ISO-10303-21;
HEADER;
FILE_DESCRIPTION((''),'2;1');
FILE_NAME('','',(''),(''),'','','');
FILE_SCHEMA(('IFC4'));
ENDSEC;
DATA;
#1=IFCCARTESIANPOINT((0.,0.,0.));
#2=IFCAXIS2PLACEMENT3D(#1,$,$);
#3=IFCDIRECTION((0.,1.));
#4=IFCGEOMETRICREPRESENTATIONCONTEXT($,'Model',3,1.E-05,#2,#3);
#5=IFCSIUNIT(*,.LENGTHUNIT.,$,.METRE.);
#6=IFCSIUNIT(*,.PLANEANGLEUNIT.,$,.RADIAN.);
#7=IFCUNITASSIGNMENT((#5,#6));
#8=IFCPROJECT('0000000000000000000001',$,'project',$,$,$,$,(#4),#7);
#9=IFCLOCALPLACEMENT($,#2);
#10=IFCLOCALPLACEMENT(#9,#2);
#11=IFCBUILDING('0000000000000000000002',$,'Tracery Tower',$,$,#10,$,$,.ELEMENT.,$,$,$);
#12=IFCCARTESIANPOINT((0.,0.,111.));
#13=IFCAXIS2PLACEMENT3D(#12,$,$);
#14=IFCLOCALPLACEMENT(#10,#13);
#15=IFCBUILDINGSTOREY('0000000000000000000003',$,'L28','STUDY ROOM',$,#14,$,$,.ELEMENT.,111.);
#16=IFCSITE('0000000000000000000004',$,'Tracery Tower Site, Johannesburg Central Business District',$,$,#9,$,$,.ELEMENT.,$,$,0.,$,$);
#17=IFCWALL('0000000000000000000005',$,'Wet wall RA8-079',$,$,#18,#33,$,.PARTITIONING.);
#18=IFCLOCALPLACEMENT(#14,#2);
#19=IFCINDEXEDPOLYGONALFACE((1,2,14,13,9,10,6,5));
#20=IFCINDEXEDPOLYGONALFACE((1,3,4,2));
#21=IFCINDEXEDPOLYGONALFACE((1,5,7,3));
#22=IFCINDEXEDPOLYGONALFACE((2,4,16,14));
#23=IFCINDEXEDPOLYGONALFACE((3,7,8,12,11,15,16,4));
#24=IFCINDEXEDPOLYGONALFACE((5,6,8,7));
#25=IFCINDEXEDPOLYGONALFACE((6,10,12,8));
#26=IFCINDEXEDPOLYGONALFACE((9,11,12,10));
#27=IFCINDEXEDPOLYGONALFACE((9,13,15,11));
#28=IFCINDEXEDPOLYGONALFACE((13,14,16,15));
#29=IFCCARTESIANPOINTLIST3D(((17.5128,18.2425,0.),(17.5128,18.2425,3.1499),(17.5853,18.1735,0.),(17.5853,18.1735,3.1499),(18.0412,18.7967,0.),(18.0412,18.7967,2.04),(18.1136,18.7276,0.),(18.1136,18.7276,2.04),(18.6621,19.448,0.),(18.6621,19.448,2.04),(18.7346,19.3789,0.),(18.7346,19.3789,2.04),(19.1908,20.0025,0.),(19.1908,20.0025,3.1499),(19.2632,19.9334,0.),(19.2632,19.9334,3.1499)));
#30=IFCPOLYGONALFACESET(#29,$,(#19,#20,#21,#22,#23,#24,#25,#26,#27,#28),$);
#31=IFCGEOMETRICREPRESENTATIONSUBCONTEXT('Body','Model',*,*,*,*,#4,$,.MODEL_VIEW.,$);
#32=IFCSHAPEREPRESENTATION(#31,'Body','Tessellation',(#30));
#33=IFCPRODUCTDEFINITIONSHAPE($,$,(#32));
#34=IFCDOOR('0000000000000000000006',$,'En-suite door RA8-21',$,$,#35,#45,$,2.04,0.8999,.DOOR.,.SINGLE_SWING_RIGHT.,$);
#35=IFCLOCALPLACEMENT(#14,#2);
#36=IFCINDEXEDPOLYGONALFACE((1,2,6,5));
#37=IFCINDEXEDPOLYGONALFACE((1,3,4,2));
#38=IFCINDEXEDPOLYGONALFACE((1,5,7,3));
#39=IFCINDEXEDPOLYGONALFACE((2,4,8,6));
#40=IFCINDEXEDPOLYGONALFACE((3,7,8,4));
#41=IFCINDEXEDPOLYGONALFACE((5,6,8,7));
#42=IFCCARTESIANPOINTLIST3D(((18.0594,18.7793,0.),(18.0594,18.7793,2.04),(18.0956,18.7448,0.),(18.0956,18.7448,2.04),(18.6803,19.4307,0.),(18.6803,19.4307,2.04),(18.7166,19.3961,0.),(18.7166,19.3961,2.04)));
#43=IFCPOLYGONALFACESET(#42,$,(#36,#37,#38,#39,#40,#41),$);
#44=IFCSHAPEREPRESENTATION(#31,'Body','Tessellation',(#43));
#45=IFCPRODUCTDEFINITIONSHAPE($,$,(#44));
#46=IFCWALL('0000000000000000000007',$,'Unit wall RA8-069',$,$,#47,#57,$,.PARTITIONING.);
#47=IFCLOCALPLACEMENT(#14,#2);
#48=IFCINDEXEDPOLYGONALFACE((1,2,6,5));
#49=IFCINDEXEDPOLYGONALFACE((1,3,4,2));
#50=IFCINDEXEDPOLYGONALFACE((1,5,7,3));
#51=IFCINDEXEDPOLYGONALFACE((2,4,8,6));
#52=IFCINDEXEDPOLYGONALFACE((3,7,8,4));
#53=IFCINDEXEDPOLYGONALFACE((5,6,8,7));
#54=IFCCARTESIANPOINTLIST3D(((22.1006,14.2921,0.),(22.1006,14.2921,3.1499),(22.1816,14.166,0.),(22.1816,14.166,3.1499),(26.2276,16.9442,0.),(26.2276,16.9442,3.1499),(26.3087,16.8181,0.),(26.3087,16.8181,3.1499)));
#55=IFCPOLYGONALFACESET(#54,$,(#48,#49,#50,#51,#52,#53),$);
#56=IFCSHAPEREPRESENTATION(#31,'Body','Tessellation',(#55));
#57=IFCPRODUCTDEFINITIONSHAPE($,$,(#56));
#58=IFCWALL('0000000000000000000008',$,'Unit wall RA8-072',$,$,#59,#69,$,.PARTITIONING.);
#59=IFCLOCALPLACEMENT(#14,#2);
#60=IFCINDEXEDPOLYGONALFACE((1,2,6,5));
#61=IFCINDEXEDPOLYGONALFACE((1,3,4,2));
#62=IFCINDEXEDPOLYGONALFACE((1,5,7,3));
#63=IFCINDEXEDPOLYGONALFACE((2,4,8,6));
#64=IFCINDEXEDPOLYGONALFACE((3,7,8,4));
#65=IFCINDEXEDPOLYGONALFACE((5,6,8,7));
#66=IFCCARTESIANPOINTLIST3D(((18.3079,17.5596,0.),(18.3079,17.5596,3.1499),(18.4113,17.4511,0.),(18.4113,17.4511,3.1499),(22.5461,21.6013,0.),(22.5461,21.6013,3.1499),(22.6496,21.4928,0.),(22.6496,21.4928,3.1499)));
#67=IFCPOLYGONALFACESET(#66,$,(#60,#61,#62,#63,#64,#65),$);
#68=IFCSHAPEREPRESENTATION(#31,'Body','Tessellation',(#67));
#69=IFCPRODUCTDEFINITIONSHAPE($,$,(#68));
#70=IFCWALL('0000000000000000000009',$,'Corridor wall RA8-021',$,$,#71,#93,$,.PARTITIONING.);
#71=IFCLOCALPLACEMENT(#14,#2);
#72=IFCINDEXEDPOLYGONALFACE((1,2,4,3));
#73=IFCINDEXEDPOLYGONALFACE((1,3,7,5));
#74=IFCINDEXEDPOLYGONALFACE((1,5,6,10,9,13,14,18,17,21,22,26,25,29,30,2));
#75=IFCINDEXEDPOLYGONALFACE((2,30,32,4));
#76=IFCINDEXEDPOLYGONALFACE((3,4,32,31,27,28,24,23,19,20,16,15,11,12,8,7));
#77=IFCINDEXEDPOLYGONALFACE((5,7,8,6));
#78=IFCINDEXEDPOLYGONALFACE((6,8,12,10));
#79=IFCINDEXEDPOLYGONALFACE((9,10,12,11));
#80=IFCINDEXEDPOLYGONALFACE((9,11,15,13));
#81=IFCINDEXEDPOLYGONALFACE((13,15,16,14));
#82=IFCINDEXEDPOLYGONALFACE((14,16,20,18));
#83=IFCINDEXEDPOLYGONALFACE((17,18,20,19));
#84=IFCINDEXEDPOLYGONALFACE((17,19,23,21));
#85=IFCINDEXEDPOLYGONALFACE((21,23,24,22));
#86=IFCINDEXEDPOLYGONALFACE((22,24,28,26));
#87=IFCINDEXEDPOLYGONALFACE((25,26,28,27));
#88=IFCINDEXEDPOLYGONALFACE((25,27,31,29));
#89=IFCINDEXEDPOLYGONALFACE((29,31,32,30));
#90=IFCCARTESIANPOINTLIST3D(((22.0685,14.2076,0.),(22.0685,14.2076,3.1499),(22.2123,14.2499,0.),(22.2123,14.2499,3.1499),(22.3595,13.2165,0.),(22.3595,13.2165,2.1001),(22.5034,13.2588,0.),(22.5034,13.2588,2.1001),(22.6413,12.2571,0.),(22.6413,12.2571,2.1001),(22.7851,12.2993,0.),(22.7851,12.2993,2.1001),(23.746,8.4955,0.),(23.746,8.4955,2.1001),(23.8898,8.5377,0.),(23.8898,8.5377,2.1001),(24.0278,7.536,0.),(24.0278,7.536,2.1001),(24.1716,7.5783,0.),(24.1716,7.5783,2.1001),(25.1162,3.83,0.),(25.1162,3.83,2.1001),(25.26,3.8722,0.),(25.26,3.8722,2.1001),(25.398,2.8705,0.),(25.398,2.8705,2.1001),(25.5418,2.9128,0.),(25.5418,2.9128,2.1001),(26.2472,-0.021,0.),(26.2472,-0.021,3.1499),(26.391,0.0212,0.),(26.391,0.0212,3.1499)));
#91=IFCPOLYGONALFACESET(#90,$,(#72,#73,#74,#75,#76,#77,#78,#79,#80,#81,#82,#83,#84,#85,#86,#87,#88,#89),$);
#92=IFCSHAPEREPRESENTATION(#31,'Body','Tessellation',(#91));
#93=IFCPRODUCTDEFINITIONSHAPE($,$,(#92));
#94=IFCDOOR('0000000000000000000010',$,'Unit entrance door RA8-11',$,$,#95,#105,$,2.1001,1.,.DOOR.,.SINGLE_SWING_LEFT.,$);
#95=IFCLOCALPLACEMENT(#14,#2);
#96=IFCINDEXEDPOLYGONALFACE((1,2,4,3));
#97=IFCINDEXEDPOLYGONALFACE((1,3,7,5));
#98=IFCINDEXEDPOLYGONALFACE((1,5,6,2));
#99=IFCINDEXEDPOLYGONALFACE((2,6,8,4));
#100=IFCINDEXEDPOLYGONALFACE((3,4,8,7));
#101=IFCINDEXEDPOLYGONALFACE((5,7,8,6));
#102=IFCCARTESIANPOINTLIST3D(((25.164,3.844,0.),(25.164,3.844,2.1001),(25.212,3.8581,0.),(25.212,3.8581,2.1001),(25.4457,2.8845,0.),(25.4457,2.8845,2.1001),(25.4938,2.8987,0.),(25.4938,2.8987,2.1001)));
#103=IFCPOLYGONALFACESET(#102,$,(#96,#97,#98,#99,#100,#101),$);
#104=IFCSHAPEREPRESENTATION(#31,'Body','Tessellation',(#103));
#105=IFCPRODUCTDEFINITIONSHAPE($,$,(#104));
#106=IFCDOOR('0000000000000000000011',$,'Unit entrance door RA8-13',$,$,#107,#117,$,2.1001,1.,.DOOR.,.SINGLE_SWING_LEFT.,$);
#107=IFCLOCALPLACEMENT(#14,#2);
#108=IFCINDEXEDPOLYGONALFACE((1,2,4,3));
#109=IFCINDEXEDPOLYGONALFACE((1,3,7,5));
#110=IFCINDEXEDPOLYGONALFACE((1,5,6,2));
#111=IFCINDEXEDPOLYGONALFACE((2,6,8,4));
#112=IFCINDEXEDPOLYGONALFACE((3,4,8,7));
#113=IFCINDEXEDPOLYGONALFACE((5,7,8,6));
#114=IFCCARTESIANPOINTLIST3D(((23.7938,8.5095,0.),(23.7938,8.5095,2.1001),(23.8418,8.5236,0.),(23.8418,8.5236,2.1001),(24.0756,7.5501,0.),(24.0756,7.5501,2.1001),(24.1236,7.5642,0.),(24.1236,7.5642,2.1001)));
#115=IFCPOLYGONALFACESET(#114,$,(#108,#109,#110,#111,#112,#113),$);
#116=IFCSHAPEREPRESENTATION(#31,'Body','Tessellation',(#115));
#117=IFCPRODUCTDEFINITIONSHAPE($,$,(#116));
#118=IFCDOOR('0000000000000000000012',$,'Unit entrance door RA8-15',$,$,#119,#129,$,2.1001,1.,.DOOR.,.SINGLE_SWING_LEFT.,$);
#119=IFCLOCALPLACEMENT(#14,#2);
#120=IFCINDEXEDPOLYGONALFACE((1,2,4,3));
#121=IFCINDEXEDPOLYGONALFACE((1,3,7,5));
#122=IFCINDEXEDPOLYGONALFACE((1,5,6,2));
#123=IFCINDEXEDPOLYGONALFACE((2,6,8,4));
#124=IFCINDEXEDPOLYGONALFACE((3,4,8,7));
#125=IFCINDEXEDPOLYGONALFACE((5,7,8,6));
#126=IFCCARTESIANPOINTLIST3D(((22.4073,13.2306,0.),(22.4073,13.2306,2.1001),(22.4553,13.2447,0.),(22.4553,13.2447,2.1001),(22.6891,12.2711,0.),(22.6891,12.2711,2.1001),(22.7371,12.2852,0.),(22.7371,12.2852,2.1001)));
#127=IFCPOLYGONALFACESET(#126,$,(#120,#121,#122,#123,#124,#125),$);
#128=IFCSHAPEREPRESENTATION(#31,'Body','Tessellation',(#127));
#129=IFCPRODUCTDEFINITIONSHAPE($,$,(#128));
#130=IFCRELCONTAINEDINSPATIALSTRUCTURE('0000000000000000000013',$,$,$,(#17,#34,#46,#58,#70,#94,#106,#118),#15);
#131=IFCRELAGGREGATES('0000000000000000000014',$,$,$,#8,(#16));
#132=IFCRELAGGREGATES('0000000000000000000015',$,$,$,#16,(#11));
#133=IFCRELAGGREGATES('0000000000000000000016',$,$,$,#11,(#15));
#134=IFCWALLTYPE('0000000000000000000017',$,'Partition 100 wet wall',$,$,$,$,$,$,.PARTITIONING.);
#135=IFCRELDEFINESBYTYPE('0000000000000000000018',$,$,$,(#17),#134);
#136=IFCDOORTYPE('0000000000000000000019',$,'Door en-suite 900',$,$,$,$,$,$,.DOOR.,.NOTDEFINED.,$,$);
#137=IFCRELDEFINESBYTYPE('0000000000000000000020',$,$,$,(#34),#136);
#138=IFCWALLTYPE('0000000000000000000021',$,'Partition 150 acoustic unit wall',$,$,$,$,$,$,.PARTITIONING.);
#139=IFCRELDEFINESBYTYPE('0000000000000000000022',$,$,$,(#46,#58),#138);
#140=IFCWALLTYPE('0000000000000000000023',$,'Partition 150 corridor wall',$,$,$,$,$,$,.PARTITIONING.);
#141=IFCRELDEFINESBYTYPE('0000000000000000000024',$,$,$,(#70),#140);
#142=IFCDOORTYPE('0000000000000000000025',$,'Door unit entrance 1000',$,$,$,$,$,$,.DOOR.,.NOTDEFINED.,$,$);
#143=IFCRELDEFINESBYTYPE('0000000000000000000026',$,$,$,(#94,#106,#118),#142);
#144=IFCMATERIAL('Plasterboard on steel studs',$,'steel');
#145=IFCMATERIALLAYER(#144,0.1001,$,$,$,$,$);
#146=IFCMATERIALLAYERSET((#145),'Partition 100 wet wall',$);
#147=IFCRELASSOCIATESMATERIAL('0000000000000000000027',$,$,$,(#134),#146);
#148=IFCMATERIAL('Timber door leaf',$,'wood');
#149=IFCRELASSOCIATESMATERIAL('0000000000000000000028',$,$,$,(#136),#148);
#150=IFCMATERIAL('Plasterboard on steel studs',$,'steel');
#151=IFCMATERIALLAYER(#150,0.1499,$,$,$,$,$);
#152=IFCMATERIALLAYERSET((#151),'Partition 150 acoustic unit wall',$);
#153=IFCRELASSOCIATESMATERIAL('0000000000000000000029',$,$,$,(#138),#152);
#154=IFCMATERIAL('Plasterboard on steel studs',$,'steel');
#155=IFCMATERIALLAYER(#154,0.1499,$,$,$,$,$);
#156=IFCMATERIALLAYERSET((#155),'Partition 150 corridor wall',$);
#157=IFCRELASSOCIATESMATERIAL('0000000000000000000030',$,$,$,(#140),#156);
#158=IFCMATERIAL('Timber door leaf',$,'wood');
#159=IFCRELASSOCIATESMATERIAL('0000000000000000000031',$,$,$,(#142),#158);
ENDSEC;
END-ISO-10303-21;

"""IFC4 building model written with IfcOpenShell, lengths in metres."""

from ifc_helpers import new_model, si_unit, direction, frame, frame_2d, origin, place, context, subcontext, project, spatial, rectangle, extrude, material, layer, layer_set, type_object, element, fill, save


model = new_model("IFC4")

# Units and contexts
model_context = context("Model", 3, precision=1e-05, world=origin(), true_north=direction((0.0, 1.0)))
body_context = subcontext(model_context, "Body", "Model", "MODEL_VIEW")
ifc_project = project(units=[si_unit("LENGTHUNIT", "METRE"), si_unit("PLANEANGLEUNIT", "RADIAN")], contexts=[model_context])

# Site, building, storey
site_placement = place(None, origin())
site = spatial("IfcSite", under=ifc_project, at=site_placement, Name="Tracery Tower Site, Johannesburg Central Business District", CompositionType="ELEMENT", RefElevation=0.0)
building_placement = place(site_placement, origin())
building = spatial("IfcBuilding", under=site, at=building_placement, Name="Tracery Tower", CompositionType="ELEMENT")
storey_placement = place(building_placement, frame((0.0, 0.0, 111.0)))
storey = spatial("IfcBuildingStorey", under=building, at=storey_placement, Name="L28", Description="STUDY ROOM", CompositionType="ELEMENT", Elevation=111.0)

# Shared definitions
ifc_material_1 = material(Name="Plasterboard on steel studs", Category="steel")
ifc_layer_1 = layer(ifc_material_1, 0.1001)
ifc_layer_set_1 = layer_set([ifc_layer_1], Name="Partition 100 wet wall")
wall_type_1 = type_object("IfcWallType", Name="Partition 100 wet wall", PredefinedType="PARTITIONING", material=ifc_layer_set_1)
ifc_material_2 = material(Name="Timber door leaf", Category="wood")
door_type_1 = type_object("IfcDoorType", Name="Door en-suite 900", OperationType="NOTDEFINED", PredefinedType="DOOR", material=ifc_material_2)

# Wall, opening, door
wall_1_placement = place(storey_placement, frame((17.5491, 18.208, 0.0), z_axis=(0.0, 0.0, 1.0), x_axis=(0.690039, 0.723773, 0.0)))
wall_1 = element("IfcWall", 1, at=wall_1_placement, inside=storey, type_object=wall_type_1, Name="Wet wall RA8-079", PredefinedType="PARTITIONING", context=body_context, shape_type="SweptSolid", body=[
    extrude(rectangle(XDim=2.4316, YDim=0.1001, at=frame_2d((1.2158, 0.0))), origin(), (0.0, 0.0, 1.0), 3.1499),
])
opening_1_placement = place(wall_1_placement, frame((0.7656, 0.0, 0.0)))
opening_1 = element("IfcOpeningElement", 2, at=opening_1_placement, cuts=wall_1, PredefinedType="OPENING", context=body_context, shape_type="SweptSolid", body=[
    extrude(rectangle(XDim=0.8999, YDim=2.04, at=frame_2d((0.45, 1.02))), frame((0.0, 0.05, 0.0), z_axis=(0.0, -1.0, 0.0), x_axis=(1.0, 0.0, 0.0)), (0.0, 0.0, 1.0), 0.1001),
])
door_1_placement = place(opening_1_placement, origin())
door_1 = element("IfcDoor", 3, at=door_1_placement, inside=storey, type_object=door_type_1, Name="En-suite door RA8-21", OperationType="SINGLE_SWING_RIGHT", OverallHeight=2.04, OverallWidth=0.8999, PredefinedType="DOOR", context=body_context, shape_type="SweptSolid", body=[
    extrude(rectangle(XDim=0.8999, YDim=2.04, at=frame_2d((0.45, 1.02))), frame((0.0, 0.0249, 0.0), z_axis=(0.0, -1.0, 0.0), x_axis=(1.0, 0.0, 0.0)), (0.0, 0.0, 1.0), 0.05),
])
fill(opening_1, door_1)

# Walls
ifc_material_3 = material(Name="Plasterboard on steel studs", Category="steel")
ifc_layer_2 = layer(ifc_material_3, 0.1499)
ifc_layer_set_2 = layer_set([ifc_layer_2], Name="Partition 150 acoustic unit wall")
wall_type_2 = type_object("IfcWallType", Name="Partition 150 acoustic unit wall", PredefinedType="PARTITIONING", material=ifc_layer_set_2)
wall_2_placement = place(storey_placement, frame((22.1411, 14.229, 0.0), z_axis=(0.0, 0.0, 1.0), x_axis=(0.841266, 0.540622, 0.0)))
element("IfcWall", 4, at=wall_2_placement, inside=storey, type_object=wall_type_2, Name="Unit wall RA8-069", PredefinedType="PARTITIONING", context=body_context, shape_type="SweptSolid", body=[
    extrude(rectangle(XDim=4.9058, YDim=0.1499, at=frame_2d((2.4529, 0.0))), origin(), (0.0, 0.0, 1.0), 3.1499),
])
wall_3_placement = place(storey_placement, frame((18.3596, 17.5054, 0.0), z_axis=(0.0, 0.0, 1.0), x_axis=(0.723687, 0.690129, 0.0)))
element("IfcWall", 5, at=wall_3_placement, inside=storey, type_object=wall_type_2, Name="Unit wall RA8-072", PredefinedType="PARTITIONING", context=body_context, shape_type="SweptSolid", body=[
    extrude(rectangle(XDim=5.8564, YDim=0.1499, at=frame_2d((2.9282, 0.0))), origin(), (0.0, 0.0, 1.0), 3.1499),
])

# Wall, openings, doors
ifc_material_4 = material(Name="Plasterboard on steel studs", Category="steel")
ifc_layer_3 = layer(ifc_material_4, 0.1499)
ifc_layer_set_3 = layer_set([ifc_layer_3], Name="Partition 150 corridor wall")
wall_type_3 = type_object("IfcWallType", Name="Partition 150 corridor wall", PredefinedType="PARTITIONING", material=ifc_layer_set_3)
wall_4_placement = place(storey_placement, frame((22.1404, 14.2288, 0.0), z_axis=(0.0, 0.0, 1.0), x_axis=(0.28178, -0.959479, 0.0)))
wall_4 = element("IfcWall", 6, at=wall_4_placement, inside=storey, type_object=wall_type_3, Name="Corridor wall RA8-021", PredefinedType="PARTITIONING", context=body_context, shape_type="SweptSolid", body=[
    extrude(rectangle(XDim=14.8296, YDim=0.1499, at=frame_2d((7.4148, 0.0))), origin(), (0.0, 0.0, 1.0), 3.1499),
])
opening_2_placement = place(wall_4_placement, frame((10.8159, 0.0, 0.0)))
opening_2 = element("IfcOpeningElement", 7, at=opening_2_placement, cuts=wall_4, PredefinedType="OPENING", context=body_context, shape_type="SweptSolid", body=[
    extrude(rectangle(XDim=1.0, YDim=2.1001, at=frame_2d((0.5, 1.05))), frame((0.0, 0.075, 0.0), z_axis=(0.0, -1.0, 0.0), x_axis=(1.0, 0.0, 0.0)), (0.0, 0.0, 1.0), 0.1499),
])
opening_3_placement = place(wall_4_placement, frame((5.9534, 0.0, 0.0)))
opening_3 = element("IfcOpeningElement", 8, at=opening_3_placement, cuts=wall_4, PredefinedType="OPENING", context=body_context, shape_type="SweptSolid", body=[
    extrude(rectangle(XDim=1.0, YDim=2.1001, at=frame_2d((0.5, 1.05))), frame((0.0, 0.075, 0.0), z_axis=(0.0, -1.0, 0.0), x_axis=(1.0, 0.0, 0.0)), (0.0, 0.0, 1.0), 0.1499),
])
opening_4_placement = place(wall_4_placement, frame((1.033, 0.0, 0.0)))
opening_4 = element("IfcOpeningElement", 9, at=opening_4_placement, cuts=wall_4, PredefinedType="OPENING", context=body_context, shape_type="SweptSolid", body=[
    extrude(rectangle(XDim=1.0, YDim=2.1001, at=frame_2d((0.5, 1.05))), frame((0.0, 0.075, 0.0), z_axis=(0.0, -1.0, 0.0), x_axis=(1.0, 0.0, 0.0)), (0.0, 0.0, 1.0), 0.1499),
])
ifc_material_5 = material(Name="Timber door leaf", Category="wood")
door_type_2 = type_object("IfcDoorType", Name="Door unit entrance 1000", OperationType="NOTDEFINED", PredefinedType="DOOR", material=ifc_material_5)
door_2_placement = place(opening_2_placement, origin())
door_2 = element("IfcDoor", 10, at=door_2_placement, inside=storey, type_object=door_type_2, Name="Unit entrance door RA8-11", OperationType="SINGLE_SWING_LEFT", OverallHeight=2.1001, OverallWidth=1.0, PredefinedType="DOOR", context=body_context, shape_type="SweptSolid", body=[
    extrude(rectangle(XDim=1.0, YDim=2.1001, at=frame_2d((0.5, 1.05))), frame((0.0, 0.0249, 0.0), z_axis=(0.0, -1.0, 0.0), x_axis=(1.0, 0.0, 0.0)), (0.0, 0.0, 1.0), 0.05),
])
fill(opening_2, door_2)
door_3_placement = place(opening_3_placement, origin())
door_3 = element("IfcDoor", 11, at=door_3_placement, inside=storey, type_object=door_type_2, Name="Unit entrance door RA8-13", OperationType="SINGLE_SWING_LEFT", OverallHeight=2.1001, OverallWidth=1.0, PredefinedType="DOOR", context=body_context, shape_type="SweptSolid", body=[
    extrude(rectangle(XDim=1.0, YDim=2.1001, at=frame_2d((0.5, 1.05))), frame((0.0, 0.0249, 0.0), z_axis=(0.0, -1.0, 0.0), x_axis=(1.0, 0.0, 0.0)), (0.0, 0.0, 1.0), 0.05),
])
fill(opening_3, door_3)
door_4_placement = place(opening_4_placement, origin())
door_4 = element("IfcDoor", 12, at=door_4_placement, inside=storey, type_object=door_type_2, Name="Unit entrance door RA8-15", OperationType="SINGLE_SWING_LEFT", OverallHeight=2.1001, OverallWidth=1.0, PredefinedType="DOOR", context=body_context, shape_type="SweptSolid", body=[
    extrude(rectangle(XDim=1.0, YDim=2.1001, at=frame_2d((0.5, 1.05))), frame((0.0, 0.0249, 0.0), z_axis=(0.0, -1.0, 0.0), x_axis=(1.0, 0.0, 0.0)), (0.0, 0.0, 1.0), 0.05),
])
fill(opening_4, door_4)

save(model, "model.ifc")
